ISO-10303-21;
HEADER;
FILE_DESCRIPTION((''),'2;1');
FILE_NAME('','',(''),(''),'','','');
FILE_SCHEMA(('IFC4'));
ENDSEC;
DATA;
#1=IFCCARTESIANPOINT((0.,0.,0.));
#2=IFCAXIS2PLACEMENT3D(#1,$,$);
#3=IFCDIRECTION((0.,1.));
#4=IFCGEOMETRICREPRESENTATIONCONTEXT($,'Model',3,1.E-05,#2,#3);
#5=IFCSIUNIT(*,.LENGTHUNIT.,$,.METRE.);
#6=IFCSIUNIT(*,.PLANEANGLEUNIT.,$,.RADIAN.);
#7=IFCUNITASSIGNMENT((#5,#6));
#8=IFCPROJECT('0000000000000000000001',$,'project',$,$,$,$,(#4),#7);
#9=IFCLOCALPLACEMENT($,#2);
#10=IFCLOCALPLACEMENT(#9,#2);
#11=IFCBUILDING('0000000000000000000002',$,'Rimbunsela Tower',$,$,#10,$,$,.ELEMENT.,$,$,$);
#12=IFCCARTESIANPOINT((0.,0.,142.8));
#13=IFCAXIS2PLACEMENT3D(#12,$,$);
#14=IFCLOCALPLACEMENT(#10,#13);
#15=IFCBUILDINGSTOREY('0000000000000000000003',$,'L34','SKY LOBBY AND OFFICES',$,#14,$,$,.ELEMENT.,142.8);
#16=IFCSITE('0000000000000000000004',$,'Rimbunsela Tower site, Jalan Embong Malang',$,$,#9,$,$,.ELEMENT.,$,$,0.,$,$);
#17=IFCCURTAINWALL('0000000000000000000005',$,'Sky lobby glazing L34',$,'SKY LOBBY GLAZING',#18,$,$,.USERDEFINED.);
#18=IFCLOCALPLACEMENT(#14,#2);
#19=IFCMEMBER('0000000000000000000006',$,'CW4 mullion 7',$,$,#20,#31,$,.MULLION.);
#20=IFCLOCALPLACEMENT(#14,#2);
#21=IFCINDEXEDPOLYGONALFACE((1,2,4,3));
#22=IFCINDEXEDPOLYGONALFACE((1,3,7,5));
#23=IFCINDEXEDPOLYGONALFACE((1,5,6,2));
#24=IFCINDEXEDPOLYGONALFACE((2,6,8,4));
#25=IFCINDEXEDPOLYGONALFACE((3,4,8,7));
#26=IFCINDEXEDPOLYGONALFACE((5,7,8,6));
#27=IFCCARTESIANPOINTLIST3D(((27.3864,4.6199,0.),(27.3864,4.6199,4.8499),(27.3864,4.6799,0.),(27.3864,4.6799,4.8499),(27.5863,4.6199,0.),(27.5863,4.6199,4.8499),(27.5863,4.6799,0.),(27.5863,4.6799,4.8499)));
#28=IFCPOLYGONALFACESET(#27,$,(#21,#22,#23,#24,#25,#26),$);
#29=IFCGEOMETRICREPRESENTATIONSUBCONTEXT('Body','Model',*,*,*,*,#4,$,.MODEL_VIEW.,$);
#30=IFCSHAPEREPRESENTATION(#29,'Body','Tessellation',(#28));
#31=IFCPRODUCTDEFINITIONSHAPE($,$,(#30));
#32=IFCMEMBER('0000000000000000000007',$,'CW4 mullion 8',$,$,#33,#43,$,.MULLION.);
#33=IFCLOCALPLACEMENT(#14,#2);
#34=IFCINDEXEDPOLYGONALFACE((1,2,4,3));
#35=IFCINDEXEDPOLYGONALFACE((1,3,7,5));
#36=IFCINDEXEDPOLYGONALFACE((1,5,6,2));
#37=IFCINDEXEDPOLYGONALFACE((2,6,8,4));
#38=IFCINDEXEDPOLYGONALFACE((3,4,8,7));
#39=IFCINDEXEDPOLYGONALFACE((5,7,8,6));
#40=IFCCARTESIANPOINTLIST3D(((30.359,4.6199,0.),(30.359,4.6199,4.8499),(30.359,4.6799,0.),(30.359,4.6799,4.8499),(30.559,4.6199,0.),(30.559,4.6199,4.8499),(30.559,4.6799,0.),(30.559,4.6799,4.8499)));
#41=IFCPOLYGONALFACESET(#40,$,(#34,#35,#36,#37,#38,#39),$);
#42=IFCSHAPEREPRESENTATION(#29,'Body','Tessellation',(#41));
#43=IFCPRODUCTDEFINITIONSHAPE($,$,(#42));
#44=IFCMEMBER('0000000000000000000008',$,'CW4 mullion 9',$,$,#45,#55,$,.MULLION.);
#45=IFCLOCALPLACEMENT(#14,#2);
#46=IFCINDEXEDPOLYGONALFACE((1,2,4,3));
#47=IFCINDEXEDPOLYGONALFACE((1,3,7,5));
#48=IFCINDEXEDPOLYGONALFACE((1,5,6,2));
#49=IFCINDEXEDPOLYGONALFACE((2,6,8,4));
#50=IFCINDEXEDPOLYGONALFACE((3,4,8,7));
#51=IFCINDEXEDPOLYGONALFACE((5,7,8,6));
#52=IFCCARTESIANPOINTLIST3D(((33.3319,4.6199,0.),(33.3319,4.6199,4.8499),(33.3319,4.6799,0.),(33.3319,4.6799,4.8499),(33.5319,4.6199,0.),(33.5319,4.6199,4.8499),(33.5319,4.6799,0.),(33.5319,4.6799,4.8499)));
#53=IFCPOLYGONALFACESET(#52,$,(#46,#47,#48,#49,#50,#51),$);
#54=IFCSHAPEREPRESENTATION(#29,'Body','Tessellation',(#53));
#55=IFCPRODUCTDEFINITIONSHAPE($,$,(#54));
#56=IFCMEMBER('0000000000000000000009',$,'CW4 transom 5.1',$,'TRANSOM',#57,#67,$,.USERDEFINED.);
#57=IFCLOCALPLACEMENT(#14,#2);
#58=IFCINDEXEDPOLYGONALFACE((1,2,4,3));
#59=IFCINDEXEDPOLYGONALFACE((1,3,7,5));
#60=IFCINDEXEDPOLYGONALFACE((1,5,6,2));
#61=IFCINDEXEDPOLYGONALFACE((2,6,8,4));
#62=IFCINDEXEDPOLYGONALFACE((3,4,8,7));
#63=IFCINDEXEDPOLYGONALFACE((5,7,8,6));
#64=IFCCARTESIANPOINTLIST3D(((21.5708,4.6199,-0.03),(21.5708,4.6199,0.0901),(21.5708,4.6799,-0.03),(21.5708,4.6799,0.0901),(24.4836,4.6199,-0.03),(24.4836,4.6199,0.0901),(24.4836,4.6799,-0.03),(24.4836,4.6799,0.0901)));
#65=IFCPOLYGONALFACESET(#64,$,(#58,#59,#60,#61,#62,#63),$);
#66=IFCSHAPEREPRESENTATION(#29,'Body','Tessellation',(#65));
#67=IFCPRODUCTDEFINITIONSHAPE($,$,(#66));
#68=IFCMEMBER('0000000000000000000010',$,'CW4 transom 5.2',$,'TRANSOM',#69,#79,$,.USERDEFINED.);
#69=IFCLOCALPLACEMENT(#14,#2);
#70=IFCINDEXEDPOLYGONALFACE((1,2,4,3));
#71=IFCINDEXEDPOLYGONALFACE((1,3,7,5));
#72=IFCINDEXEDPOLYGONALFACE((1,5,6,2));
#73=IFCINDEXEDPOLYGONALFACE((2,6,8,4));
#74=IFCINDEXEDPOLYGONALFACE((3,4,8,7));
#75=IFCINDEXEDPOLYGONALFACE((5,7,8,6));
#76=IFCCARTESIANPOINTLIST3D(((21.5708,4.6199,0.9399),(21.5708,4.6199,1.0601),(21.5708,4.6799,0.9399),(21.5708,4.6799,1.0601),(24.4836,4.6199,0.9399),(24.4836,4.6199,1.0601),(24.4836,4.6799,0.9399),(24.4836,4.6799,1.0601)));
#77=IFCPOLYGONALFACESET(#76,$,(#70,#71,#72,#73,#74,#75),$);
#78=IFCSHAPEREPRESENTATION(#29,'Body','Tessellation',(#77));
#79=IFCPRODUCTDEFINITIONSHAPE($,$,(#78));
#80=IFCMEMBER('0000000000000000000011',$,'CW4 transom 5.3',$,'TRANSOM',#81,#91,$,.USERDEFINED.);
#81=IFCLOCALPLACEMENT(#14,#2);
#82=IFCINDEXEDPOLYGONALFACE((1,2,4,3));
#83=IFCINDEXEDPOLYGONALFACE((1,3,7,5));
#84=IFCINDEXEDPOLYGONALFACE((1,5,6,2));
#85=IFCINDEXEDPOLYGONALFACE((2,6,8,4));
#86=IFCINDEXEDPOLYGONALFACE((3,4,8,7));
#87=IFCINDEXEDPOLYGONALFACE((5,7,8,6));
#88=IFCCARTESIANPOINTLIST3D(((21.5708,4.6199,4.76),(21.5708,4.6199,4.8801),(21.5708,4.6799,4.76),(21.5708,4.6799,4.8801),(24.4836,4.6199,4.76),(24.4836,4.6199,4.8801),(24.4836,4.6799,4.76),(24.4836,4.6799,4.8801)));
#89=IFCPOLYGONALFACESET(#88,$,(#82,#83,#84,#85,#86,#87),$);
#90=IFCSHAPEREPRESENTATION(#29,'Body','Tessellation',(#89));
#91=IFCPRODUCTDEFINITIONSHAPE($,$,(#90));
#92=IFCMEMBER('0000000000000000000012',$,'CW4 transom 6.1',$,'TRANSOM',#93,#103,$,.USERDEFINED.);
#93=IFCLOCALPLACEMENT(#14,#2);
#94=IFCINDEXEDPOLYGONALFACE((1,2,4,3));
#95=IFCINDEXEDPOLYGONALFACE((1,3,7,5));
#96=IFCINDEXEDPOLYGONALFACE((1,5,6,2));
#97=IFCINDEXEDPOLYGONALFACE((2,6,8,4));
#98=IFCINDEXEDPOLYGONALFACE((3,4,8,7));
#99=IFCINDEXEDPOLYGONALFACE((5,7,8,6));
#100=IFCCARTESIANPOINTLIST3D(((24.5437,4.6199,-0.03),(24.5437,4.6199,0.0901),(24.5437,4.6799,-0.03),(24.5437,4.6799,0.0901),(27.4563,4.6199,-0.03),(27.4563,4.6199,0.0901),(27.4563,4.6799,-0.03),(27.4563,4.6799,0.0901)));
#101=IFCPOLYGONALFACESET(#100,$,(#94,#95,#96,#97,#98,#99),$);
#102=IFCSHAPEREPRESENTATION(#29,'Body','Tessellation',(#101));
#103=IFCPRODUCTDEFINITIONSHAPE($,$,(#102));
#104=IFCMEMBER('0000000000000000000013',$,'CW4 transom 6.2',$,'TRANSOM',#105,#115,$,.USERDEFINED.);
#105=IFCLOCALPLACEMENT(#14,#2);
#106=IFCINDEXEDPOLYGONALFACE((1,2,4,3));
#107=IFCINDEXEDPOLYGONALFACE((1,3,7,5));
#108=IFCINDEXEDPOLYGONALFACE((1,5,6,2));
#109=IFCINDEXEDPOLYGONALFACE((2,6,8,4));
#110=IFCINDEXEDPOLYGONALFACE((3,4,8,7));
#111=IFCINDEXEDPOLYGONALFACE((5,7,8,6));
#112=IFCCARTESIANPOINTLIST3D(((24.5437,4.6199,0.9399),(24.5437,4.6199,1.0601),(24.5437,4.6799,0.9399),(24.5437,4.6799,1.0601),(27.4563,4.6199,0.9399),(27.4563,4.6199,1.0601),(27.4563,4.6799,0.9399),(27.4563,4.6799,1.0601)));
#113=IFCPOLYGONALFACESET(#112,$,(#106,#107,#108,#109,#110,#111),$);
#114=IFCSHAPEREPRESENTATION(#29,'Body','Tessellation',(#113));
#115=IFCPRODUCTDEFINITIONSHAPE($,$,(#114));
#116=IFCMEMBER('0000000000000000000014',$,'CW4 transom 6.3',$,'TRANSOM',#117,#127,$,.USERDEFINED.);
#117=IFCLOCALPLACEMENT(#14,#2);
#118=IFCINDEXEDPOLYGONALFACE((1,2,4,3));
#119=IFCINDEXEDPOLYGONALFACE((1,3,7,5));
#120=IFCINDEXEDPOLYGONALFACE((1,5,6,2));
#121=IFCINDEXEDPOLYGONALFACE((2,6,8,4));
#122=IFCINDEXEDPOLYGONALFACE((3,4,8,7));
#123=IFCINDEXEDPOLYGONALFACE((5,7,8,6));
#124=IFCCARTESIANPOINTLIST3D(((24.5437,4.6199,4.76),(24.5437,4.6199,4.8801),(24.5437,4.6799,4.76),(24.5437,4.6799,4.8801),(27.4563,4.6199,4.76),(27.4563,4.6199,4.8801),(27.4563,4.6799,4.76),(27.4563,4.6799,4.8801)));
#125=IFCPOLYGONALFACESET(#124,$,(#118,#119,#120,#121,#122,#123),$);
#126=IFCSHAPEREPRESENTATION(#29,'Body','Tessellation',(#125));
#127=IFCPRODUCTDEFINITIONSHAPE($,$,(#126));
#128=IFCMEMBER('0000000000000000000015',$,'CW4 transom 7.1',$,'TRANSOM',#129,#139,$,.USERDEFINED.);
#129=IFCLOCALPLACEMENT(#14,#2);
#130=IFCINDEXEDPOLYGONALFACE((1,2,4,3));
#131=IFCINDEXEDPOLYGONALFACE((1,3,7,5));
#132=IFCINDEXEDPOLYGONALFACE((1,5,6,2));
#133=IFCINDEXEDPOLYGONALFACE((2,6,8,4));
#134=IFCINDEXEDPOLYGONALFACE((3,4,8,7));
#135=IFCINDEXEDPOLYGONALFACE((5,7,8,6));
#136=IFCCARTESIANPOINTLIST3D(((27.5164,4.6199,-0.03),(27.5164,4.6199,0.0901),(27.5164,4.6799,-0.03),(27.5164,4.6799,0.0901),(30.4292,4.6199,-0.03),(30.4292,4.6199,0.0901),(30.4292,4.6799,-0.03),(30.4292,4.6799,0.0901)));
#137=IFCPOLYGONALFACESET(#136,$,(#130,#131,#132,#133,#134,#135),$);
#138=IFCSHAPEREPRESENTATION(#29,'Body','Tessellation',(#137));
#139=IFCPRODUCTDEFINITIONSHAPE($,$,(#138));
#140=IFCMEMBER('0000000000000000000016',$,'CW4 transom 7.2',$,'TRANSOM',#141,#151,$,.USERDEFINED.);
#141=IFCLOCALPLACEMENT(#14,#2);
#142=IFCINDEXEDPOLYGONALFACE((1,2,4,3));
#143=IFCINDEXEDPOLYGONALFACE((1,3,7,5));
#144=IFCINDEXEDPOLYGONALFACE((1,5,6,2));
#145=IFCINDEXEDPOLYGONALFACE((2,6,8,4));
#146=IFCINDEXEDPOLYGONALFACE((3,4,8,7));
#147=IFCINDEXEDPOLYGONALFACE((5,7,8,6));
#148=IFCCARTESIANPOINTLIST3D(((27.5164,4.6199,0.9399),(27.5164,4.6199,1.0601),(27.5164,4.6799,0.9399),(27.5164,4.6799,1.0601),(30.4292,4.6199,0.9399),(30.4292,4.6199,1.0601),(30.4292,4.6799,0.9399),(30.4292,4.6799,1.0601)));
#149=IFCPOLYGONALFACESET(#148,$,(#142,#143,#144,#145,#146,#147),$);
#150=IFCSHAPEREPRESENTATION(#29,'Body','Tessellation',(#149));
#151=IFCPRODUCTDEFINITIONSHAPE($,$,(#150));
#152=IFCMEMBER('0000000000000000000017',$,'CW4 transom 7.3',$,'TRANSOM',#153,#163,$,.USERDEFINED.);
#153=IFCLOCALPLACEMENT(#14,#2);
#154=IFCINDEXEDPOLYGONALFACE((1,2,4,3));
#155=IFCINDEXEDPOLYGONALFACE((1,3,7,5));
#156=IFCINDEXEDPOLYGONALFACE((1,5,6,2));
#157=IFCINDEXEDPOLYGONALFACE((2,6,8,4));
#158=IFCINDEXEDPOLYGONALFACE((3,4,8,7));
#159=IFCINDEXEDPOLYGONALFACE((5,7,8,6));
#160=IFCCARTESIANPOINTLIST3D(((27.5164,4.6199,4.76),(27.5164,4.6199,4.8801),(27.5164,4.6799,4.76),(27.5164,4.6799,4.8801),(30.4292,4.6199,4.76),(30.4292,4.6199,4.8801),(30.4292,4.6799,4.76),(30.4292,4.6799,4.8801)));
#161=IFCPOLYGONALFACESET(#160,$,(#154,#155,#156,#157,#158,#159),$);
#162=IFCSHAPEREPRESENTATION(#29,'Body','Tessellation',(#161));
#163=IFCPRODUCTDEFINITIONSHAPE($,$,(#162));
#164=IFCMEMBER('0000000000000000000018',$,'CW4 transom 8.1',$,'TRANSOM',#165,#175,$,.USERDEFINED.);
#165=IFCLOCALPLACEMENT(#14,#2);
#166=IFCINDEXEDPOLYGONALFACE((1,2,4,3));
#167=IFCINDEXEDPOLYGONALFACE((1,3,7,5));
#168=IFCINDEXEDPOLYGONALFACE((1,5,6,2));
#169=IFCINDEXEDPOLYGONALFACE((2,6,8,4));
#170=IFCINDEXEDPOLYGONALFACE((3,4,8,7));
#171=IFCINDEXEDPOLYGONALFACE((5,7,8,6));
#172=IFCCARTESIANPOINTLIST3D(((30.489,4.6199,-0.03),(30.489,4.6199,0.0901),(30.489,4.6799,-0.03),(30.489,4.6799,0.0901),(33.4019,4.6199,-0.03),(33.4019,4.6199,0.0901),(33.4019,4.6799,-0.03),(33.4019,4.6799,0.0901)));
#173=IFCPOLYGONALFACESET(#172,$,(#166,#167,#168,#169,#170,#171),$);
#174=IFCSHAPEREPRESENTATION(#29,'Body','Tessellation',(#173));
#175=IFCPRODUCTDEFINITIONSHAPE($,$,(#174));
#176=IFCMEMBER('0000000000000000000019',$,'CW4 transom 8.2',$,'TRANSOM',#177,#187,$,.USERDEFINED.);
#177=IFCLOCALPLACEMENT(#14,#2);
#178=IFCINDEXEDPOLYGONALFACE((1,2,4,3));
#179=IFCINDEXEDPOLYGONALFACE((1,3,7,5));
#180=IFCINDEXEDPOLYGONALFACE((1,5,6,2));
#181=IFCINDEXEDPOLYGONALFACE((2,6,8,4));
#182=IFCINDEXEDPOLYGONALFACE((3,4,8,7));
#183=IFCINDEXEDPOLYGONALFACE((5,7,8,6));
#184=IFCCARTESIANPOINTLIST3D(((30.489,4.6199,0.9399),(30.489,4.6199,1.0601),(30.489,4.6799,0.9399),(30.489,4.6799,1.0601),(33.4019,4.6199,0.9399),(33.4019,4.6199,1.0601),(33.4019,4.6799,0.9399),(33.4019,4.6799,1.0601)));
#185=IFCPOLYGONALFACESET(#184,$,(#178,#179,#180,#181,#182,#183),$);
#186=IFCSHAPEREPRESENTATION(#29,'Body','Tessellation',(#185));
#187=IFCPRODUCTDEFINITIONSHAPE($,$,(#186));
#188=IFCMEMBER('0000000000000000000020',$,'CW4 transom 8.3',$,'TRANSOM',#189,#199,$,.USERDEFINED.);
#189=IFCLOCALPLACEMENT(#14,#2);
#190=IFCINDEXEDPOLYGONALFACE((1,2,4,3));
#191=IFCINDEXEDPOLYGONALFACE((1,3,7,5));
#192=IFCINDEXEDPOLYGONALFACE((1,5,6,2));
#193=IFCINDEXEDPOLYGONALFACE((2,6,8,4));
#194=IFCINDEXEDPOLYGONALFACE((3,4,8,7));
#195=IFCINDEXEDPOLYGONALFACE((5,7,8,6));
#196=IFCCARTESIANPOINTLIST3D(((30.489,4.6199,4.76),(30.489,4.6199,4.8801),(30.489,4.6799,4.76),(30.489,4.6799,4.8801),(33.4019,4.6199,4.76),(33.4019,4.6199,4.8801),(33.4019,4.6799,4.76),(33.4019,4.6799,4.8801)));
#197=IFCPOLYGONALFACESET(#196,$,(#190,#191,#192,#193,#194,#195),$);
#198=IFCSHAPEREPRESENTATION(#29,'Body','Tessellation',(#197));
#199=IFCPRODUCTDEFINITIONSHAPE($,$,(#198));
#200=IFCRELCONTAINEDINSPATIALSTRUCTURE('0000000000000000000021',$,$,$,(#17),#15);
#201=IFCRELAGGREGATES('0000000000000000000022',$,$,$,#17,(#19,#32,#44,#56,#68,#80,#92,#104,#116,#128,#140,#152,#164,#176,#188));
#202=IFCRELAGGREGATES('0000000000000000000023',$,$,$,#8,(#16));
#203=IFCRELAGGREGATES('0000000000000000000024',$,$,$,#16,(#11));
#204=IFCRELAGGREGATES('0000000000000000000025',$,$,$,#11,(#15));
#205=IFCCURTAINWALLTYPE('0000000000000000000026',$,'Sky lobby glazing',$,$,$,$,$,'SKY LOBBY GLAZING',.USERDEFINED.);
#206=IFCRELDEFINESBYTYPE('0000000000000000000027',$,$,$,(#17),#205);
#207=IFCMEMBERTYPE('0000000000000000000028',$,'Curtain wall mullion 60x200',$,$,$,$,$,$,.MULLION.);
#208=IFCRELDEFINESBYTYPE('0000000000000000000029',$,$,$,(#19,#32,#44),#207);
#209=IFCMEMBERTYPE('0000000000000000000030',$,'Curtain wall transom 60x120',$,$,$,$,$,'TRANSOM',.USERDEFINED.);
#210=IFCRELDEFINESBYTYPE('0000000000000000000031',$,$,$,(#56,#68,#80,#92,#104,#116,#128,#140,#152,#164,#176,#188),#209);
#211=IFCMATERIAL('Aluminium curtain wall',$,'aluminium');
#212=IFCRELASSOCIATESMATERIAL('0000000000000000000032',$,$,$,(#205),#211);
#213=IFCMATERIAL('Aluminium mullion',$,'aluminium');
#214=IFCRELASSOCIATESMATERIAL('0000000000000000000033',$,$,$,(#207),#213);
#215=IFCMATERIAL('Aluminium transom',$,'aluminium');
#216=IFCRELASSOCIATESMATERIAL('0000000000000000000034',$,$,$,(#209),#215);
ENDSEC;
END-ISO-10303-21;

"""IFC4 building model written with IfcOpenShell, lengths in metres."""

from ifc_helpers import new_model, si_unit, direction, frame, origin, origin_2d, place, context, subcontext, project, spatial, rectangle, extrude, material, material_profile, profile_set, type_object, element, aggregate, save


model = new_model("IFC4")

# Units and contexts
model_context = context("Model", 3, precision=1e-05, world=origin(), true_north=direction((0.0, 1.0)))
body_context = subcontext(model_context, "Body", "Model", "MODEL_VIEW")
ifc_project = project(units=[si_unit("LENGTHUNIT", "METRE"), si_unit("PLANEANGLEUNIT", "RADIAN")], contexts=[model_context])

# Site, building, storey
site_placement = place(None, origin())
site = spatial("IfcSite", under=ifc_project, at=site_placement, Name="Rimbunsela Tower site, Jalan Embong Malang", CompositionType="ELEMENT", RefElevation=0.0)
building_placement = place(site_placement, origin())
building = spatial("IfcBuilding", under=site, at=building_placement, Name="Rimbunsela Tower", CompositionType="ELEMENT")
storey_placement = place(building_placement, frame((0.0, 0.0, 142.8)))
storey = spatial("IfcBuildingStorey", under=building, at=storey_placement, Name="L34", Description="SKY LOBBY AND OFFICES", CompositionType="ELEMENT", Elevation=142.8)

# Curtain wall, members
ifc_material_1 = material(Name="Aluminium curtain wall", Category="aluminium")
curtain_wall_type = type_object("IfcCurtainWallType", Name="Sky lobby glazing", ElementType="SKY LOBBY GLAZING", PredefinedType="USERDEFINED", material=ifc_material_1)
curtain_wall_placement = place(storey_placement, origin())
curtain_wall = element("IfcCurtainWall", 1, at=curtain_wall_placement, inside=storey, type_object=curtain_wall_type, Name="Sky lobby glazing L34", ObjectType="SKY LOBBY GLAZING", PredefinedType="USERDEFINED")
ifc_material_2 = material(Name="Aluminium mullion", Category="aluminium")
ifc_material_profile_1 = material_profile(ifc_material_2, rectangle(XDim=0.0601, YDim=0.2, at=origin_2d()), Name="Mullion 60x200")
ifc_profile_set_1 = profile_set([ifc_material_profile_1], Name="Aluminium mullion")
member_type_1 = type_object("IfcMemberType", Name="Curtain wall mullion 60x200", PredefinedType="MULLION", material=ifc_profile_set_1)
member_1_placement = place(storey_placement, frame((27.4863, 4.6499, 0.0), z_axis=(0.0, 0.0, 1.0), x_axis=(0.0, 1.0, 0.0)))
member_1 = element("IfcMember", 2, at=member_1_placement, type_object=member_type_1, Name="CW4 mullion 7", PredefinedType="MULLION", context=body_context, shape_type="SweptSolid", body=[
    extrude(rectangle(XDim=0.0601, YDim=0.2, at=origin_2d()), origin(), (0.0, 0.0, 1.0), 4.8499),
])
member_2_placement = place(storey_placement, frame((30.459, 4.6499, 0.0), z_axis=(0.0, 0.0, 1.0), x_axis=(0.0, 1.0, 0.0)))
member_2 = element("IfcMember", 3, at=member_2_placement, type_object=member_type_1, Name="CW4 mullion 8", PredefinedType="MULLION", context=body_context, shape_type="SweptSolid", body=[
    extrude(rectangle(XDim=0.0601, YDim=0.2, at=origin_2d()), origin(), (0.0, 0.0, 1.0), 4.8499),
])
member_3_placement = place(storey_placement, frame((33.4319, 4.6499, 0.0), z_axis=(0.0, 0.0, 1.0), x_axis=(0.0, 1.0, 0.0)))
member_3 = element("IfcMember", 4, at=member_3_placement, type_object=member_type_1, Name="CW4 mullion 9", PredefinedType="MULLION", context=body_context, shape_type="SweptSolid", body=[
    extrude(rectangle(XDim=0.0601, YDim=0.2, at=origin_2d()), origin(), (0.0, 0.0, 1.0), 4.8499),
])
ifc_material_3 = material(Name="Aluminium transom", Category="aluminium")
ifc_material_profile_2 = material_profile(ifc_material_3, rectangle(XDim=0.0601, YDim=0.1201, at=origin_2d()), Name="Transom 60x120")
ifc_profile_set_2 = profile_set([ifc_material_profile_2], Name="Aluminium transom")
member_type_2 = type_object("IfcMemberType", Name="Curtain wall transom 60x120", ElementType="TRANSOM", PredefinedType="USERDEFINED", material=ifc_profile_set_2)
member_4_placement = place(storey_placement, frame((21.5708, 4.6499, 0.03), z_axis=(1.0, 0.0, 0.0), x_axis=(0.0, 1.0, 0.0)))
member_4 = element("IfcMember", 5, at=member_4_placement, type_object=member_type_2, Name="CW4 transom 5.1", ObjectType="TRANSOM", PredefinedType="USERDEFINED", context=body_context, shape_type="SweptSolid", body=[
    extrude(rectangle(XDim=0.0601, YDim=0.1201, at=origin_2d()), origin(), (0.0, 0.0, 1.0), 2.9128),
])
member_5_placement = place(storey_placement, frame((21.5708, 4.6499, 1.0), z_axis=(1.0, 0.0, 0.0), x_axis=(0.0, 1.0, 0.0)))
member_5 = element("IfcMember", 6, at=member_5_placement, type_object=member_type_2, Name="CW4 transom 5.2", ObjectType="TRANSOM", PredefinedType="USERDEFINED", context=body_context, shape_type="SweptSolid", body=[
    extrude(rectangle(XDim=0.0601, YDim=0.1201, at=origin_2d()), origin(), (0.0, 0.0, 1.0), 2.9128),
])
member_6_placement = place(storey_placement, frame((21.5708, 4.6499, 4.8201), z_axis=(1.0, 0.0, 0.0), x_axis=(0.0, 1.0, 0.0)))
member_6 = element("IfcMember", 7, at=member_6_placement, type_object=member_type_2, Name="CW4 transom 5.3", ObjectType="TRANSOM", PredefinedType="USERDEFINED", context=body_context, shape_type="SweptSolid", body=[
    extrude(rectangle(XDim=0.0601, YDim=0.1201, at=origin_2d()), origin(), (0.0, 0.0, 1.0), 2.9128),
])
member_7_placement = place(storey_placement, frame((24.5437, 4.6499, 0.03), z_axis=(1.0, 0.0, 0.0), x_axis=(0.0, 1.0, 0.0)))
member_7 = element("IfcMember", 8, at=member_7_placement, type_object=member_type_2, Name="CW4 transom 6.1", ObjectType="TRANSOM", PredefinedType="USERDEFINED", context=body_context, shape_type="SweptSolid", body=[
    extrude(rectangle(XDim=0.0601, YDim=0.1201, at=origin_2d()), origin(), (0.0, 0.0, 1.0), 2.9126),
])
member_8_placement = place(storey_placement, frame((24.5437, 4.6499, 1.0), z_axis=(1.0, 0.0, 0.0), x_axis=(0.0, 1.0, 0.0)))
member_8 = element("IfcMember", 9, at=member_8_placement, type_object=member_type_2, Name="CW4 transom 6.2", ObjectType="TRANSOM", PredefinedType="USERDEFINED", context=body_context, shape_type="SweptSolid", body=[
    extrude(rectangle(XDim=0.0601, YDim=0.1201, at=origin_2d()), origin(), (0.0, 0.0, 1.0), 2.9126),
])
member_9_placement = place(storey_placement, frame((24.5437, 4.6499, 4.8201), z_axis=(1.0, 0.0, 0.0), x_axis=(0.0, 1.0, 0.0)))
member_9 = element("IfcMember", 10, at=member_9_placement, type_object=member_type_2, Name="CW4 transom 6.3", ObjectType="TRANSOM", PredefinedType="USERDEFINED", context=body_context, shape_type="SweptSolid", body=[
    extrude(rectangle(XDim=0.0601, YDim=0.1201, at=origin_2d()), origin(), (0.0, 0.0, 1.0), 2.9126),
])
member_10_placement = place(storey_placement, frame((27.5164, 4.6499, 0.03), z_axis=(1.0, 0.0, 0.0), x_axis=(0.0, 1.0, 0.0)))
member_10 = element("IfcMember", 11, at=member_10_placement, type_object=member_type_2, Name="CW4 transom 7.1", ObjectType="TRANSOM", PredefinedType="USERDEFINED", context=body_context, shape_type="SweptSolid", body=[
    extrude(rectangle(XDim=0.0601, YDim=0.1201, at=origin_2d()), origin(), (0.0, 0.0, 1.0), 2.9128),
])
member_11_placement = place(storey_placement, frame((27.5164, 4.6499, 1.0), z_axis=(1.0, 0.0, 0.0), x_axis=(0.0, 1.0, 0.0)))
member_11 = element("IfcMember", 12, at=member_11_placement, type_object=member_type_2, Name="CW4 transom 7.2", ObjectType="TRANSOM", PredefinedType="USERDEFINED", context=body_context, shape_type="SweptSolid", body=[
    extrude(rectangle(XDim=0.0601, YDim=0.1201, at=origin_2d()), origin(), (0.0, 0.0, 1.0), 2.9128),
])
member_12_placement = place(storey_placement, frame((27.5164, 4.6499, 4.8201), z_axis=(1.0, 0.0, 0.0), x_axis=(0.0, 1.0, 0.0)))
member_12 = element("IfcMember", 13, at=member_12_placement, type_object=member_type_2, Name="CW4 transom 7.3", ObjectType="TRANSOM", PredefinedType="USERDEFINED", context=body_context, shape_type="SweptSolid", body=[
    extrude(rectangle(XDim=0.0601, YDim=0.1201, at=origin_2d()), origin(), (0.0, 0.0, 1.0), 2.9128),
])
member_13_placement = place(storey_placement, frame((30.489, 4.6499, 0.03), z_axis=(1.0, 0.0, 0.0), x_axis=(0.0, 1.0, 0.0)))
member_13 = element("IfcMember", 14, at=member_13_placement, type_object=member_type_2, Name="CW4 transom 8.1", ObjectType="TRANSOM", PredefinedType="USERDEFINED", context=body_context, shape_type="SweptSolid", body=[
    extrude(rectangle(XDim=0.0601, YDim=0.1201, at=origin_2d()), origin(), (0.0, 0.0, 1.0), 2.9128),
])
member_14_placement = place(storey_placement, frame((30.489, 4.6499, 1.0), z_axis=(1.0, 0.0, 0.0), x_axis=(0.0, 1.0, 0.0)))
member_14 = element("IfcMember", 15, at=member_14_placement, type_object=member_type_2, Name="CW4 transom 8.2", ObjectType="TRANSOM", PredefinedType="USERDEFINED", context=body_context, shape_type="SweptSolid", body=[
    extrude(rectangle(XDim=0.0601, YDim=0.1201, at=origin_2d()), origin(), (0.0, 0.0, 1.0), 2.9128),
])
member_15_placement = place(storey_placement, frame((30.489, 4.6499, 4.8201), z_axis=(1.0, 0.0, 0.0), x_axis=(0.0, 1.0, 0.0)))
member_15 = element("IfcMember", 16, at=member_15_placement, type_object=member_type_2, Name="CW4 transom 8.3", ObjectType="TRANSOM", PredefinedType="USERDEFINED", context=body_context, shape_type="SweptSolid", body=[
    extrude(rectangle(XDim=0.0601, YDim=0.1201, at=origin_2d()), origin(), (0.0, 0.0, 1.0), 2.9128),
])
aggregate(curtain_wall, [member_1, member_2, member_3, member_4, member_5, member_6, member_7, member_8, member_9, member_10, member_11, member_12, member_13, member_14, member_15])

save(model, "model.ifc")
